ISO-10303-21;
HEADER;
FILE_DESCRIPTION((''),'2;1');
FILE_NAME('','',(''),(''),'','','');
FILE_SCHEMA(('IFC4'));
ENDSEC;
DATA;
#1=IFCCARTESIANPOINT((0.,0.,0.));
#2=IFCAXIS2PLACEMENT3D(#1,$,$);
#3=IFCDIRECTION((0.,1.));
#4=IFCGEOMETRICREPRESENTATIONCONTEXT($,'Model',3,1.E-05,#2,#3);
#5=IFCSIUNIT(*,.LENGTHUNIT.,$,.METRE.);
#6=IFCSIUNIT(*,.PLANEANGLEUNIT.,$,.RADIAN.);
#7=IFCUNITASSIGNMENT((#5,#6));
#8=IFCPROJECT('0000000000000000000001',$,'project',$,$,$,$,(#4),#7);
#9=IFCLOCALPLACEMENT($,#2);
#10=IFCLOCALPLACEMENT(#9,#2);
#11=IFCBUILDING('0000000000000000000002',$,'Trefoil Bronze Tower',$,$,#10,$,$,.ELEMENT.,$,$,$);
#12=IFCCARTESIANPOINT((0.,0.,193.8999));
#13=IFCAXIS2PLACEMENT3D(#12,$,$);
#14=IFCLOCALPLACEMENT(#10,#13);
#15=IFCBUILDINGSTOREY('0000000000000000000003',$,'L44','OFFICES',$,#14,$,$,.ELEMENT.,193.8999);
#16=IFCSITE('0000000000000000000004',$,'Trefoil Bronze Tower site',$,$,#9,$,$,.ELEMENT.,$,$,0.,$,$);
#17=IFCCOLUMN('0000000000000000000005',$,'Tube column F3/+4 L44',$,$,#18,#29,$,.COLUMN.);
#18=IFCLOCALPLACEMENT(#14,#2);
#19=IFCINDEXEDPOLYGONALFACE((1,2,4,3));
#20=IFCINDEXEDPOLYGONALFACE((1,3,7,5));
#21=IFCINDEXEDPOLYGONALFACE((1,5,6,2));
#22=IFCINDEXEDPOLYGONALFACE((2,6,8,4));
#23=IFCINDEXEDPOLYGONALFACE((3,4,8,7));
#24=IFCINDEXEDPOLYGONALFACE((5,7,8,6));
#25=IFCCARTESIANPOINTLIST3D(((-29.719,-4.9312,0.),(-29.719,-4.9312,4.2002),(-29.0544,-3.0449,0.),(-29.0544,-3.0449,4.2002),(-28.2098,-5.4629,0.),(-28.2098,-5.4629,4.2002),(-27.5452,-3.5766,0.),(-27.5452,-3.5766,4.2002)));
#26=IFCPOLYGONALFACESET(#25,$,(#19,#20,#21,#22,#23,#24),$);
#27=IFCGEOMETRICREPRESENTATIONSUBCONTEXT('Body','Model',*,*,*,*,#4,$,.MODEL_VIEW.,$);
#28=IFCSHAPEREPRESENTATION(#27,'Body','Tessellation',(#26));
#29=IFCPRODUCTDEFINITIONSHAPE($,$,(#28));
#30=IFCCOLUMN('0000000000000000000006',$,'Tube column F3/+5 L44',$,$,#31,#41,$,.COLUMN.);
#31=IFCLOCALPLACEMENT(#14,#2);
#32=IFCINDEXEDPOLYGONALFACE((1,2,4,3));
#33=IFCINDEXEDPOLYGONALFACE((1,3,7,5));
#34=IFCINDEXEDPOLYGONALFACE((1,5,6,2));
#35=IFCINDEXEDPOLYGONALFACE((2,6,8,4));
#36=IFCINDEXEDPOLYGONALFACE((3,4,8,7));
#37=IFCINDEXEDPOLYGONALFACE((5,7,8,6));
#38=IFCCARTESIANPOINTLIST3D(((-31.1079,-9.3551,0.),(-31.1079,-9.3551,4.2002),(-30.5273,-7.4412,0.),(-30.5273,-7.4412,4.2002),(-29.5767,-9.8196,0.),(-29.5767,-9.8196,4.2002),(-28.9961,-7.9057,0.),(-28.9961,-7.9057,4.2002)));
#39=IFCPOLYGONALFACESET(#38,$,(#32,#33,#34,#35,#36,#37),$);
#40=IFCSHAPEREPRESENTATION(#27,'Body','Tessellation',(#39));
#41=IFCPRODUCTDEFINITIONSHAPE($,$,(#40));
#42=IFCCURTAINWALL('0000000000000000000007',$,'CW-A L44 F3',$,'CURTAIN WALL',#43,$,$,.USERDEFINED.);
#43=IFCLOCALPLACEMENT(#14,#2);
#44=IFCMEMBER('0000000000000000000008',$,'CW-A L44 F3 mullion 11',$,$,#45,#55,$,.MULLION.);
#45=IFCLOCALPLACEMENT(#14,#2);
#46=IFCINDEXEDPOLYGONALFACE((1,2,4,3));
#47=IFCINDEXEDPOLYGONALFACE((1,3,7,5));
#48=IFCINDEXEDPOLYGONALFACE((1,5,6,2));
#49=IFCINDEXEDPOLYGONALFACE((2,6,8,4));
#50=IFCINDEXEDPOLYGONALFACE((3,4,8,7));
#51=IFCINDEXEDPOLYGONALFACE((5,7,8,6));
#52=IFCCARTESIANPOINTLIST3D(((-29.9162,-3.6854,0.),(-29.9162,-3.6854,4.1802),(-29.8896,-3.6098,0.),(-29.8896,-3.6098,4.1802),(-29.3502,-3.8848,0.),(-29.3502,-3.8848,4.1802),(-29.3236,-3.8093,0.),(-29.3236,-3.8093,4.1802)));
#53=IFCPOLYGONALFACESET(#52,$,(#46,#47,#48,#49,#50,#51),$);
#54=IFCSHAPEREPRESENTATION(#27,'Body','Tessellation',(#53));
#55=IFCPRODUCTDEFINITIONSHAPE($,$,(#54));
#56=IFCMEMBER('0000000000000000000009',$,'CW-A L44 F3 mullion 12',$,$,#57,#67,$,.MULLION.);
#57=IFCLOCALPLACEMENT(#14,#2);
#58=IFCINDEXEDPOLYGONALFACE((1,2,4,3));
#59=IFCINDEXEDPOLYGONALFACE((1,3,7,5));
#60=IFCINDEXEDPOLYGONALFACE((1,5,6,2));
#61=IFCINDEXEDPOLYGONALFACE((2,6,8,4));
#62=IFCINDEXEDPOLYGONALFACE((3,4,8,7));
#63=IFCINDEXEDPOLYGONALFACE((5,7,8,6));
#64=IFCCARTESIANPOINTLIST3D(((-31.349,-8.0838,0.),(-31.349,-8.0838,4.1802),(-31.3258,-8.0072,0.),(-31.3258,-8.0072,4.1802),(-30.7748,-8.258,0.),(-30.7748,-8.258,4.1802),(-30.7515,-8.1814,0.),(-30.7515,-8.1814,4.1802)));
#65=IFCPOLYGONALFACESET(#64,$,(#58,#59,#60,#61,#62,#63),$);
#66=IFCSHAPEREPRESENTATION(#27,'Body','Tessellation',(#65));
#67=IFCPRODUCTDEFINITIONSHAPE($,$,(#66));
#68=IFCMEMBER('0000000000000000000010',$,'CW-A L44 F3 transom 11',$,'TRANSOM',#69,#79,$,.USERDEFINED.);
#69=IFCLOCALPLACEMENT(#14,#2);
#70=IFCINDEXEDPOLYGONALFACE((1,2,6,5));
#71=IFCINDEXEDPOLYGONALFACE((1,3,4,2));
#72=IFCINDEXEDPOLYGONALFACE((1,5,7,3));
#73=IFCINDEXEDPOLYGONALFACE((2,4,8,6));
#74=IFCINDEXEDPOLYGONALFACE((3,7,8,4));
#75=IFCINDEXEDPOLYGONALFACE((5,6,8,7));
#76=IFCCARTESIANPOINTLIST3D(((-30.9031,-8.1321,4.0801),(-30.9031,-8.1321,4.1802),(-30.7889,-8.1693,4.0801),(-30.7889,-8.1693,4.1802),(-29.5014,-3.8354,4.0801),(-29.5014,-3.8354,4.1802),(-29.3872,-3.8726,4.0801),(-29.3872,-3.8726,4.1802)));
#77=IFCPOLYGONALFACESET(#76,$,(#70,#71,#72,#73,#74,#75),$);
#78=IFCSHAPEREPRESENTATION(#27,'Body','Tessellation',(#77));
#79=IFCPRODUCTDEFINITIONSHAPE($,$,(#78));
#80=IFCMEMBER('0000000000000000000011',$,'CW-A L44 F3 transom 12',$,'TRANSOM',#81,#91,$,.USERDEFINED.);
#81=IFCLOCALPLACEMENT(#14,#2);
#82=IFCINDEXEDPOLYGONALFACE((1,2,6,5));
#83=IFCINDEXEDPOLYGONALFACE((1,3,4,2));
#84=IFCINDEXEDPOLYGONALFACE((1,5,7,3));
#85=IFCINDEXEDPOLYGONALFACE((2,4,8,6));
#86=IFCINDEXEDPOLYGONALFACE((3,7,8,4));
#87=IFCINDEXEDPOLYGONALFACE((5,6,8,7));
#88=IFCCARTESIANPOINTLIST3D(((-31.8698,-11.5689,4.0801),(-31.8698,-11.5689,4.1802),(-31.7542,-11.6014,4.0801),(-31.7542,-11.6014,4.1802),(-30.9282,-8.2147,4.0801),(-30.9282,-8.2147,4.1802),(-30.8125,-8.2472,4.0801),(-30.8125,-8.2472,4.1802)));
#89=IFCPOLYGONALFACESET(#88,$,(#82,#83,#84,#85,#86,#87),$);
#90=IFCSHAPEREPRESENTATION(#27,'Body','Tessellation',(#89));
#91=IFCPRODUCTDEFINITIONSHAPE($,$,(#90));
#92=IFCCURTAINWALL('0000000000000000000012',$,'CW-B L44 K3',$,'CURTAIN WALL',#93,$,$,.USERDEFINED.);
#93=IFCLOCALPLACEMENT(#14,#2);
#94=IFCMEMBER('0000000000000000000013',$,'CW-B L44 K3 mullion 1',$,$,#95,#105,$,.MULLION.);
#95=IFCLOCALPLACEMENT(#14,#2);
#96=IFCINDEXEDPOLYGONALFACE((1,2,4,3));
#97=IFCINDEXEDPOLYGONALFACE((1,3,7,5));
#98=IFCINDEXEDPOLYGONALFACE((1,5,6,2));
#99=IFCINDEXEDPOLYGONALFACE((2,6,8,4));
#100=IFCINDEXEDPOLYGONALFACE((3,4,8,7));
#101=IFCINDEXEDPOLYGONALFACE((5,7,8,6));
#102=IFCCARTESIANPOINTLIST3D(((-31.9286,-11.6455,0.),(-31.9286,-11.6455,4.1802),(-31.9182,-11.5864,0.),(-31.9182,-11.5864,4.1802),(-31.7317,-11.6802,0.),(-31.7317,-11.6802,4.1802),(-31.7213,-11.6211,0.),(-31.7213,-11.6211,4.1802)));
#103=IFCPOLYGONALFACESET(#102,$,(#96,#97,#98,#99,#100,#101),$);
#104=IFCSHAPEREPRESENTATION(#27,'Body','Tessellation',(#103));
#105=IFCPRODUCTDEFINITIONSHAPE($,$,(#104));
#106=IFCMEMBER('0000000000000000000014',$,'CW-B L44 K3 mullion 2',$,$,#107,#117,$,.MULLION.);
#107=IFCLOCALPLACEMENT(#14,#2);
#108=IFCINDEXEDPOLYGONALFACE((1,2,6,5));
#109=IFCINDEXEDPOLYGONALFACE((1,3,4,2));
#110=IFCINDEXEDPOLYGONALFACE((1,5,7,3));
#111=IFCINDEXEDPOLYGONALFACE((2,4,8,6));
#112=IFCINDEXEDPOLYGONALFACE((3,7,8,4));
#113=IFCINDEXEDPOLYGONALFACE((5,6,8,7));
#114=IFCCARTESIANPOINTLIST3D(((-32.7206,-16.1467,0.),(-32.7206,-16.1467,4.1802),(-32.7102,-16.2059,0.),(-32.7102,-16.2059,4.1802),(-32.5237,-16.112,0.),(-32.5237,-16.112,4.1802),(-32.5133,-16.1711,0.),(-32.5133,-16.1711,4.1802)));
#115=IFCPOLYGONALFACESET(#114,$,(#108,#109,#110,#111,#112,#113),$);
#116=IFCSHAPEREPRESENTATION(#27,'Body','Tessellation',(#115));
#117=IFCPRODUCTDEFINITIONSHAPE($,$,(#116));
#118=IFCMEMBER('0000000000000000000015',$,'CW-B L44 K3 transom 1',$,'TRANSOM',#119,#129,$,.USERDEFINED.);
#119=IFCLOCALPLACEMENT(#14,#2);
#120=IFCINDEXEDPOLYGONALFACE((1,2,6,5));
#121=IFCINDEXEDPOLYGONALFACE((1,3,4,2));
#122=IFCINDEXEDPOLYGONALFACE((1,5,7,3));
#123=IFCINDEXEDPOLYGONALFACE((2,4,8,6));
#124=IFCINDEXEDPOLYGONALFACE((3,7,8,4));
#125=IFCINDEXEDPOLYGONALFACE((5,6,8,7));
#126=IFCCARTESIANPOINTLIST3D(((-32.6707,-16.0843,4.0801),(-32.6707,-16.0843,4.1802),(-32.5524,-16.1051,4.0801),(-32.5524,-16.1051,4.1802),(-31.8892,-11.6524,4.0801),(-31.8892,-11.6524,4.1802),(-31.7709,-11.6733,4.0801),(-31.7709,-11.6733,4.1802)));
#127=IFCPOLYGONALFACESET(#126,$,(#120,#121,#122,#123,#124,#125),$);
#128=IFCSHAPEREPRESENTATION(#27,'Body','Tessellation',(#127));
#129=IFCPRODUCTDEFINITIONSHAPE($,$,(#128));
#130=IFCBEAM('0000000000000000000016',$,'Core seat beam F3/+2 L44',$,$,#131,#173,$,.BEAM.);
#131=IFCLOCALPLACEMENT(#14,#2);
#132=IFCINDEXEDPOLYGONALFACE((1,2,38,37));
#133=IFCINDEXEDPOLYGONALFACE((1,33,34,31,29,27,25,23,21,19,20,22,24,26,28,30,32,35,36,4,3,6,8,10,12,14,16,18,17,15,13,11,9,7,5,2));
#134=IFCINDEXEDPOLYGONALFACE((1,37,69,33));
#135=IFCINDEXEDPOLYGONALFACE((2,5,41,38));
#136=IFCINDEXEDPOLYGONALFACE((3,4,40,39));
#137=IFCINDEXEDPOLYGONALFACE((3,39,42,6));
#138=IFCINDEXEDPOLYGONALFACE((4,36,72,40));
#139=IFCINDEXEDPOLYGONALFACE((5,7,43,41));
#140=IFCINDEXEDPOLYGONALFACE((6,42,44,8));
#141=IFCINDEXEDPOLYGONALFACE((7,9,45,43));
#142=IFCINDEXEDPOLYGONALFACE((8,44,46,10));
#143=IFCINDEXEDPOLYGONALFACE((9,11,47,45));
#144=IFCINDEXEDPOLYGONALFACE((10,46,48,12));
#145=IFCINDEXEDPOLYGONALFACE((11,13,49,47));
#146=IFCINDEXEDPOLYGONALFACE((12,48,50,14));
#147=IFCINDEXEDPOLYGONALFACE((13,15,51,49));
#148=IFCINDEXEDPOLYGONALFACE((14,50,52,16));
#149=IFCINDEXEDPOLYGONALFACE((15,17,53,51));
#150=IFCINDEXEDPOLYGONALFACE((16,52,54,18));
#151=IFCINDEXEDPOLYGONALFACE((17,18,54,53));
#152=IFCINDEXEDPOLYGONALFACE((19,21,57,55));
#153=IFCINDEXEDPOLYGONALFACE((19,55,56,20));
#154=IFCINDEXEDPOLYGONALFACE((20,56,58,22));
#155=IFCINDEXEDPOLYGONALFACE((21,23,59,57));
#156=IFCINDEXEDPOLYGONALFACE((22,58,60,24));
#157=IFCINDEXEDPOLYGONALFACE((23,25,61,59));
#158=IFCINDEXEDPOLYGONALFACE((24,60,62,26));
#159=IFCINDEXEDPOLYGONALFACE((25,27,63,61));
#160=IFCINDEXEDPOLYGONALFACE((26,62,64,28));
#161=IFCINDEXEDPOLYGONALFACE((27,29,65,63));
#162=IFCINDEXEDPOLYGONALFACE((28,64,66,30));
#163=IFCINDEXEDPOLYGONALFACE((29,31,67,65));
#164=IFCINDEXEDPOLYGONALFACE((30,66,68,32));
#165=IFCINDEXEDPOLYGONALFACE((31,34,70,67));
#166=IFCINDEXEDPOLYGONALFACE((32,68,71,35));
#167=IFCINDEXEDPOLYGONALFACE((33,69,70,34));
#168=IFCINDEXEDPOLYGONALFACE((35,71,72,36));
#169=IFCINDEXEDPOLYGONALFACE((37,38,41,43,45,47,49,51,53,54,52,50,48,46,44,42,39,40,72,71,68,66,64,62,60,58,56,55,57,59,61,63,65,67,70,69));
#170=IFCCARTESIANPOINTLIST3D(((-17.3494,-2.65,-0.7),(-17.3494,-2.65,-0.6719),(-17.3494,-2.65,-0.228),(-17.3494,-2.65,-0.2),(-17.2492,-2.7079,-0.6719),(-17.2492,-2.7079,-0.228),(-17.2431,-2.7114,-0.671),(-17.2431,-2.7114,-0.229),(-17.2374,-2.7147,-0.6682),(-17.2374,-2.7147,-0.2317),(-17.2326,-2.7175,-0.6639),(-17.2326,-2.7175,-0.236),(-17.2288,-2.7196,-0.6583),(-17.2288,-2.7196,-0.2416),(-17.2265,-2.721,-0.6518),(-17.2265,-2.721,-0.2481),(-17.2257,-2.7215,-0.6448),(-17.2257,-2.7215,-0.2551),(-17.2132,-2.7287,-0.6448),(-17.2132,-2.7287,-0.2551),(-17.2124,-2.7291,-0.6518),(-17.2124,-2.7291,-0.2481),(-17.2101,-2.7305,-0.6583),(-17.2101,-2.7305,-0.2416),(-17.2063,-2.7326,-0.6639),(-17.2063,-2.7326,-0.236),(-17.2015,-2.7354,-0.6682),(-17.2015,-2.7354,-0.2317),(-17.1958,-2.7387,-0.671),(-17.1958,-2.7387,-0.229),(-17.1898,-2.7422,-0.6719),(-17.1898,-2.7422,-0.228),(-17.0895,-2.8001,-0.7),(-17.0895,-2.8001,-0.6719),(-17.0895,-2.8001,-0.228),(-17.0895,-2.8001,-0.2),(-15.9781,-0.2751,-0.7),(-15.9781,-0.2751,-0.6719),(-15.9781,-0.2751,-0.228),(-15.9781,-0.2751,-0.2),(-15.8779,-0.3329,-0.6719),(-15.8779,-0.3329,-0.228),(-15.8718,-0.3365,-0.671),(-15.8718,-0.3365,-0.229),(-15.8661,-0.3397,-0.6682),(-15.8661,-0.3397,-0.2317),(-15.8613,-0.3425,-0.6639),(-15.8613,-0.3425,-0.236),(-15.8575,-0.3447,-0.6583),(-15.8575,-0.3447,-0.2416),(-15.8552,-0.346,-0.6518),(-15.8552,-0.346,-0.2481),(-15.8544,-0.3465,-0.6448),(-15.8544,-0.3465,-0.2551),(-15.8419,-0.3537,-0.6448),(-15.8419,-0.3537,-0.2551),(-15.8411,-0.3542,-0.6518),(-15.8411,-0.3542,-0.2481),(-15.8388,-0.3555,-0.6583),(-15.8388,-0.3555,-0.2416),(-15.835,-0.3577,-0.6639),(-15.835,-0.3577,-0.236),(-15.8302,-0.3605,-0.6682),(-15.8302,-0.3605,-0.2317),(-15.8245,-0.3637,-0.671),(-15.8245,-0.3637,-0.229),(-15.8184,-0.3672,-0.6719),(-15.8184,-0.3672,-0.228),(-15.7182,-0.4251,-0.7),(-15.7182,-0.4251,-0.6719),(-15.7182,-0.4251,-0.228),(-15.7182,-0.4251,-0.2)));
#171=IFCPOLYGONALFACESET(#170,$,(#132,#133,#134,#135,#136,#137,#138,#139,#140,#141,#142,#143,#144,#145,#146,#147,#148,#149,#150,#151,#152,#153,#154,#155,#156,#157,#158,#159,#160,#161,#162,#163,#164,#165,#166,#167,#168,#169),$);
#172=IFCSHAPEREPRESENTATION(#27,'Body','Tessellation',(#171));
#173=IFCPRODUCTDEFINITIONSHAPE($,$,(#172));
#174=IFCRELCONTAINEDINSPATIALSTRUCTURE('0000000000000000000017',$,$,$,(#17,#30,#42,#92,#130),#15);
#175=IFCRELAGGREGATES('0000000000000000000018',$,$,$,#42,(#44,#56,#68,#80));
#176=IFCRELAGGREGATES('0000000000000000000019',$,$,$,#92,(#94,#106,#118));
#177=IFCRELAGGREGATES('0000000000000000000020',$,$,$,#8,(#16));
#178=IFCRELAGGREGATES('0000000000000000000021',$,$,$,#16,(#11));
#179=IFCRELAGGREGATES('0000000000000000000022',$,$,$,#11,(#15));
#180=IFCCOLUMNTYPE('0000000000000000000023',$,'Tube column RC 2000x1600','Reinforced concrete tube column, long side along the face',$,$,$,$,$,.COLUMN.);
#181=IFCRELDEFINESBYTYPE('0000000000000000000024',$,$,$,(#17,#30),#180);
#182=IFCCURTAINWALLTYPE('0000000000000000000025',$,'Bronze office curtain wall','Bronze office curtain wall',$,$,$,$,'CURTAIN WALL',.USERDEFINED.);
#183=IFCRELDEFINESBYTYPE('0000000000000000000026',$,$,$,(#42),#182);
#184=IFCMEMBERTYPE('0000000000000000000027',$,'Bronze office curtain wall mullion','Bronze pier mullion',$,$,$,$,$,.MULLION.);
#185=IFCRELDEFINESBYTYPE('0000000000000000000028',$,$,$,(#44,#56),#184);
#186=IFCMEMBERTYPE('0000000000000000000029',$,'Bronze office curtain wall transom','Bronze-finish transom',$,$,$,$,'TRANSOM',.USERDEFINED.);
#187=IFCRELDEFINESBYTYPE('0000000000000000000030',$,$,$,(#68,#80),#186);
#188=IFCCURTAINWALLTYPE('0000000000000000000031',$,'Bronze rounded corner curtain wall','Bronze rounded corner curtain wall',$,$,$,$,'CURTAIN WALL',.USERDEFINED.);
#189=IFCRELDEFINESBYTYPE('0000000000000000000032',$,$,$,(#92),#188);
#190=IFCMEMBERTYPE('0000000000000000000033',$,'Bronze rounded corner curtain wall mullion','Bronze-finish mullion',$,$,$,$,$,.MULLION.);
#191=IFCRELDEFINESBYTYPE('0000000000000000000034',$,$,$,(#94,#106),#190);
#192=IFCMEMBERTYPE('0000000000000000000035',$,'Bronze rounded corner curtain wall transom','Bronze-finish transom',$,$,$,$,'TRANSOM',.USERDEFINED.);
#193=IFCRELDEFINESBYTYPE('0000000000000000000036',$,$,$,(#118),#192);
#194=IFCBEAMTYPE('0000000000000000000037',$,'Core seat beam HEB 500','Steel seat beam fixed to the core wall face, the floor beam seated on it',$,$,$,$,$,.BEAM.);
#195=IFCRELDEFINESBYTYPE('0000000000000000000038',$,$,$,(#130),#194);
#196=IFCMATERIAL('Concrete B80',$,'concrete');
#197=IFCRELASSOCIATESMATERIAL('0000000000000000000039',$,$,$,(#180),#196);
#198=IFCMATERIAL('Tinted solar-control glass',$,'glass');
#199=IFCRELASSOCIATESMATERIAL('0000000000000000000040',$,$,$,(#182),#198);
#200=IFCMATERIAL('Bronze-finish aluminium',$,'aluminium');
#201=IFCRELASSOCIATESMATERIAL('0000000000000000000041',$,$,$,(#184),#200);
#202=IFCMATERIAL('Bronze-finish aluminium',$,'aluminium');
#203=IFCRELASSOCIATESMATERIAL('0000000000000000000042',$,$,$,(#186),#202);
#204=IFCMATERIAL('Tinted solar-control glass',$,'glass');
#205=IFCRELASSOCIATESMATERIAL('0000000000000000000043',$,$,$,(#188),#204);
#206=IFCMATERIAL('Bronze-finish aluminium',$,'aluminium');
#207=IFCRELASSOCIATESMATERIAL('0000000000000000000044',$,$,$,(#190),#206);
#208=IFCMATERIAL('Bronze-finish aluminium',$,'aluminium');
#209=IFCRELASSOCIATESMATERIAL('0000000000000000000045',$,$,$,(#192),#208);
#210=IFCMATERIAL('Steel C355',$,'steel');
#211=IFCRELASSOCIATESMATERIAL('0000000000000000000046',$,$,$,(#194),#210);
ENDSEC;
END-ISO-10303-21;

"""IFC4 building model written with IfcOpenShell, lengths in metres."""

from ifc_helpers import new_model, si_unit, direction, frame, origin, origin_2d, place, context, subcontext, project, spatial, rectangle, i_section, extrude, material, material_profile, profile_set, type_object, element, aggregate, save


model = new_model("IFC4")

# Units and contexts
model_context = context("Model", 3, precision=1e-05, world=origin(), true_north=direction((0.0, 1.0)))
body_context = subcontext(model_context, "Body", "Model", "MODEL_VIEW")
ifc_project = project(units=[si_unit("LENGTHUNIT", "METRE"), si_unit("PLANEANGLEUNIT", "RADIAN")], contexts=[model_context])

# Site, building, storey
site_placement = place(None, origin())
site = spatial("IfcSite", under=ifc_project, at=site_placement, Name="Trefoil Bronze Tower site", CompositionType="ELEMENT", RefElevation=0.0)
building_placement = place(site_placement, origin())
building = spatial("IfcBuilding", under=site, at=building_placement, Name="Trefoil Bronze Tower", CompositionType="ELEMENT")
storey_placement = place(building_placement, frame((0.0, 0.0, 193.8999)))
storey = spatial("IfcBuildingStorey", under=building, at=storey_placement, Name="L44", Description="OFFICES", CompositionType="ELEMENT", Elevation=193.8999)

# Columns
ifc_material_1 = material(Name="Concrete B80", Category="concrete")
ifc_material_profile_1 = material_profile(ifc_material_1, rectangle(XDim=2.0, YDim=1.6001, at=origin_2d()), Name="RC 2000x1600")
ifc_profile_set_1 = profile_set([ifc_material_profile_1], Name="Concrete B80")
column_type = type_object("IfcColumnType", Name="Tube column RC 2000x1600", Description="Reinforced concrete tube column, long side along the face", PredefinedType="COLUMN", material=ifc_profile_set_1)
for number, where, z_axis, x_axis, name in (
    (1, (-28.6321, -4.2539, 0.0), (0.0, 0.0, 1.0), (-0.332282, -0.94318, 0.0), "Tube column F3/+4 L44"),
    (2, (-30.052, -8.6304, 0.0), (0.0, 0.0, 1.0), (-0.290278, -0.956942, 0.0), "Tube column F3/+5 L44"),
):
    element("IfcColumn", number, at=place(storey_placement, frame(where, z_axis=z_axis, x_axis=x_axis)), inside=storey, type_object=column_type, Name=name, PredefinedType="COLUMN", context=body_context, shape_type="SweptSolid", body=[
        extrude(rectangle(XDim=2.0, YDim=1.6001, at=origin_2d()), origin(), (0.0, 0.0, 1.0), 4.2002),
    ])

# Curtain walls, members
ifc_material_2 = material(Name="Tinted solar-control glass", Category="glass")
curtain_wall_type_1 = type_object("IfcCurtainWallType", Name="Bronze office curtain wall", Description="Bronze office curtain wall", ElementType="CURTAIN WALL", PredefinedType="USERDEFINED", material=ifc_material_2)
curtain_wall_1_placement = place(storey_placement, origin())
curtain_wall_1 = element("IfcCurtainWall", 3, at=curtain_wall_1_placement, inside=storey, type_object=curtain_wall_type_1, Name="CW-A L44 F3", ObjectType="CURTAIN WALL", PredefinedType="USERDEFINED")
ifc_material_3 = material(Name="Bronze-finish aluminium", Category="aluminium")
ifc_material_profile_2 = material_profile(ifc_material_3, rectangle(XDim=0.6001, YDim=0.0801, at=origin_2d()), Name="CW-A mullion")
ifc_profile_set_2 = profile_set([ifc_material_profile_2], Name="Bronze-finish aluminium")
member_type_1 = type_object("IfcMemberType", Name="Bronze office curtain wall mullion", Description="Bronze pier mullion", PredefinedType="MULLION", material=ifc_profile_set_2)
member_1_placement = place(storey_placement, frame((-29.6199, -3.7473, 0.0), z_axis=(0.0, 0.0, 1.0), x_axis=(0.94318, -0.332282, 0.0)))
member_1 = element("IfcMember", 4, at=member_1_placement, type_object=member_type_1, Name="CW-A L44 F3 mullion 11", PredefinedType="MULLION", context=body_context, shape_type="SweptSolid", body=[
    extrude(rectangle(XDim=0.6001, YDim=0.0801, at=origin_2d()), origin(), (0.0, 0.0, 1.0), 4.1802),
])
member_2_placement = place(storey_placement, frame((-31.0503, -8.1326, 0.0), z_axis=(0.0, 0.0, 1.0), x_axis=(0.956942, -0.290278, 0.0)))
member_2 = element("IfcMember", 5, at=member_2_placement, type_object=member_type_1, Name="CW-A L44 F3 mullion 12", PredefinedType="MULLION", context=body_context, shape_type="SweptSolid", body=[
    extrude(rectangle(XDim=0.6001, YDim=0.0801, at=origin_2d()), origin(), (0.0, 0.0, 1.0), 4.1802),
])
ifc_material_4 = material(Name="Bronze-finish aluminium", Category="aluminium")
ifc_material_profile_3 = material_profile(ifc_material_4, rectangle(XDim=0.1201, YDim=0.1001, at=origin_2d()), Name="CW-A transom")
ifc_profile_set_3 = profile_set([ifc_material_profile_3], Name="Bronze-finish aluminium")
member_type_2 = type_object("IfcMemberType", Name="Bronze office curtain wall transom", Description="Bronze-finish transom", ElementType="TRANSOM", PredefinedType="USERDEFINED", material=ifc_profile_set_3)
member_3_placement = place(storey_placement, frame((-29.4443, -3.854, 4.1301), z_axis=(-0.310128, -0.950695, 0.0), x_axis=(0.950695, -0.310128, 0.0)))
member_3 = element("IfcMember", 6, at=member_3_placement, type_object=member_type_2, Name="CW-A L44 F3 transom 11", ObjectType="TRANSOM", PredefinedType="USERDEFINED", context=body_context, shape_type="SweptSolid", body=[
    extrude(rectangle(XDim=0.1201, YDim=0.1001, at=origin_2d()), origin(), (0.0, 0.0, 1.0), 4.5195),
])
member_4_placement = place(storey_placement, frame((-30.8704, -8.231, 4.1301), z_axis=(-0.270285, -0.96278, 0.0), x_axis=(0.96278, -0.270285, 0.0)))
member_4 = element("IfcMember", 7, at=member_4_placement, type_object=member_type_2, Name="CW-A L44 F3 transom 12", ObjectType="TRANSOM", PredefinedType="USERDEFINED", context=body_context, shape_type="SweptSolid", body=[
    extrude(rectangle(XDim=0.1201, YDim=0.1001, at=origin_2d()), origin(), (0.0, 0.0, 1.0), 3.4839),
])
ifc_material_5 = material(Name="Tinted solar-control glass", Category="glass")
curtain_wall_type_2 = type_object("IfcCurtainWallType", Name="Bronze rounded corner curtain wall", Description="Bronze rounded corner curtain wall", ElementType="CURTAIN WALL", PredefinedType="USERDEFINED", material=ifc_material_5)
curtain_wall_2_placement = place(storey_placement, origin())
curtain_wall_2 = element("IfcCurtainWall", 8, at=curtain_wall_2_placement, inside=storey, type_object=curtain_wall_type_2, Name="CW-B L44 K3", ObjectType="CURTAIN WALL", PredefinedType="USERDEFINED")
ifc_material_6 = material(Name="Bronze-finish aluminium", Category="aluminium")
ifc_material_profile_4 = material_profile(ifc_material_6, rectangle(XDim=0.2, YDim=0.0601, at=origin_2d()), Name="CW-B mullion")
ifc_profile_set_4 = profile_set([ifc_material_profile_4], Name="Bronze-finish aluminium")
member_type_3 = type_object("IfcMemberType", Name="Bronze rounded corner curtain wall mullion", Description="Bronze-finish mullion", PredefinedType="MULLION", material=ifc_profile_set_4)
member_5_placement = place(storey_placement, frame((-31.825, -11.6333, 0.0), z_axis=(0.0, 0.0, 1.0), x_axis=(0.984808, -0.173648, 0.0)))
member_5 = element("IfcMember", 9, at=member_5_placement, type_object=member_type_3, Name="CW-B L44 K3 mullion 1", PredefinedType="MULLION", context=body_context, shape_type="SweptSolid", body=[
    extrude(rectangle(XDim=0.2, YDim=0.0601, at=origin_2d()), origin(), (0.0, 0.0, 1.0), 4.1802),
])
member_6_placement = place(storey_placement, frame((-32.6169, -16.1589, 0.0), z_axis=(0.0, 0.0, 1.0), x_axis=(0.984808, 0.173648, 0.0)))
member_6 = element("IfcMember", 10, at=member_6_placement, type_object=member_type_3, Name="CW-B L44 K3 mullion 2", PredefinedType="MULLION", context=body_context, shape_type="SweptSolid", body=[
    extrude(rectangle(XDim=0.2, YDim=0.0601, at=origin_2d()), origin(), (0.0, 0.0, 1.0), 4.1802),
])
ifc_material_7 = material(Name="Bronze-finish aluminium", Category="aluminium")
ifc_material_profile_5 = material_profile(ifc_material_7, rectangle(XDim=0.1201, YDim=0.1001, at=origin_2d()), Name="CW-B transom")
ifc_profile_set_5 = profile_set([ifc_material_profile_5], Name="Bronze-finish aluminium")
member_type_4 = type_object("IfcMemberType", Name="Bronze rounded corner curtain wall transom", Description="Bronze-finish transom", ElementType="TRANSOM", PredefinedType="USERDEFINED", material=ifc_profile_set_5)
member_7_placement = place(storey_placement, frame((-31.8301, -11.6628, 4.1301), z_axis=(-0.173655, -0.984806, 0.0), x_axis=(0.984806, -0.173655, 0.0)))
member_7 = element("IfcMember", 11, at=member_7_placement, type_object=member_type_4, Name="CW-B L44 K3 transom 1", ObjectType="TRANSOM", PredefinedType="USERDEFINED", context=body_context, shape_type="SweptSolid", body=[
    extrude(rectangle(XDim=0.1201, YDim=0.1001, at=origin_2d()), origin(), (0.0, 0.0, 1.0), 4.5002),
])

# Beam
ifc_material_8 = material(Name="Steel C355", Category="steel")
ifc_material_profile_6 = material_profile(ifc_material_8, i_section(OverallWidth=0.3, OverallDepth=0.5, WebThickness=0.0144, FlangeThickness=0.0281, FilletRadius=0.0271, at=origin_2d()), Name="HEB 500")
ifc_profile_set_6 = profile_set([ifc_material_profile_6], Name="Steel C355")
beam_type_1 = type_object("IfcBeamType", Name="Core seat beam HEB 500", Description="Steel seat beam fixed to the core wall face, the floor beam seated on it", PredefinedType="BEAM", material=ifc_profile_set_6)
beam_1_placement = place(storey_placement, frame((-15.8481, -0.3501, -0.45), z_axis=(-0.500036, -0.866005, 0.0), x_axis=(0.866005, -0.500036, 0.0)))
element("IfcBeam", 12, at=beam_1_placement, inside=storey, type_object=beam_type_1, Name="Core seat beam F3/+2 L44", PredefinedType="BEAM", context=body_context, shape_type="SweptSolid", body=[
    extrude(i_section(OverallWidth=0.3, OverallDepth=0.5, WebThickness=0.0144, FlangeThickness=0.0281, FilletRadius=0.0271, at=origin_2d()), origin(), (0.0, 0.0, 1.0), 2.7424),
])

aggregate(curtain_wall_1, [member_1, member_2, member_3, member_4])
aggregate(curtain_wall_2, [member_5, member_6, member_7])

save(model, "model.ifc")
